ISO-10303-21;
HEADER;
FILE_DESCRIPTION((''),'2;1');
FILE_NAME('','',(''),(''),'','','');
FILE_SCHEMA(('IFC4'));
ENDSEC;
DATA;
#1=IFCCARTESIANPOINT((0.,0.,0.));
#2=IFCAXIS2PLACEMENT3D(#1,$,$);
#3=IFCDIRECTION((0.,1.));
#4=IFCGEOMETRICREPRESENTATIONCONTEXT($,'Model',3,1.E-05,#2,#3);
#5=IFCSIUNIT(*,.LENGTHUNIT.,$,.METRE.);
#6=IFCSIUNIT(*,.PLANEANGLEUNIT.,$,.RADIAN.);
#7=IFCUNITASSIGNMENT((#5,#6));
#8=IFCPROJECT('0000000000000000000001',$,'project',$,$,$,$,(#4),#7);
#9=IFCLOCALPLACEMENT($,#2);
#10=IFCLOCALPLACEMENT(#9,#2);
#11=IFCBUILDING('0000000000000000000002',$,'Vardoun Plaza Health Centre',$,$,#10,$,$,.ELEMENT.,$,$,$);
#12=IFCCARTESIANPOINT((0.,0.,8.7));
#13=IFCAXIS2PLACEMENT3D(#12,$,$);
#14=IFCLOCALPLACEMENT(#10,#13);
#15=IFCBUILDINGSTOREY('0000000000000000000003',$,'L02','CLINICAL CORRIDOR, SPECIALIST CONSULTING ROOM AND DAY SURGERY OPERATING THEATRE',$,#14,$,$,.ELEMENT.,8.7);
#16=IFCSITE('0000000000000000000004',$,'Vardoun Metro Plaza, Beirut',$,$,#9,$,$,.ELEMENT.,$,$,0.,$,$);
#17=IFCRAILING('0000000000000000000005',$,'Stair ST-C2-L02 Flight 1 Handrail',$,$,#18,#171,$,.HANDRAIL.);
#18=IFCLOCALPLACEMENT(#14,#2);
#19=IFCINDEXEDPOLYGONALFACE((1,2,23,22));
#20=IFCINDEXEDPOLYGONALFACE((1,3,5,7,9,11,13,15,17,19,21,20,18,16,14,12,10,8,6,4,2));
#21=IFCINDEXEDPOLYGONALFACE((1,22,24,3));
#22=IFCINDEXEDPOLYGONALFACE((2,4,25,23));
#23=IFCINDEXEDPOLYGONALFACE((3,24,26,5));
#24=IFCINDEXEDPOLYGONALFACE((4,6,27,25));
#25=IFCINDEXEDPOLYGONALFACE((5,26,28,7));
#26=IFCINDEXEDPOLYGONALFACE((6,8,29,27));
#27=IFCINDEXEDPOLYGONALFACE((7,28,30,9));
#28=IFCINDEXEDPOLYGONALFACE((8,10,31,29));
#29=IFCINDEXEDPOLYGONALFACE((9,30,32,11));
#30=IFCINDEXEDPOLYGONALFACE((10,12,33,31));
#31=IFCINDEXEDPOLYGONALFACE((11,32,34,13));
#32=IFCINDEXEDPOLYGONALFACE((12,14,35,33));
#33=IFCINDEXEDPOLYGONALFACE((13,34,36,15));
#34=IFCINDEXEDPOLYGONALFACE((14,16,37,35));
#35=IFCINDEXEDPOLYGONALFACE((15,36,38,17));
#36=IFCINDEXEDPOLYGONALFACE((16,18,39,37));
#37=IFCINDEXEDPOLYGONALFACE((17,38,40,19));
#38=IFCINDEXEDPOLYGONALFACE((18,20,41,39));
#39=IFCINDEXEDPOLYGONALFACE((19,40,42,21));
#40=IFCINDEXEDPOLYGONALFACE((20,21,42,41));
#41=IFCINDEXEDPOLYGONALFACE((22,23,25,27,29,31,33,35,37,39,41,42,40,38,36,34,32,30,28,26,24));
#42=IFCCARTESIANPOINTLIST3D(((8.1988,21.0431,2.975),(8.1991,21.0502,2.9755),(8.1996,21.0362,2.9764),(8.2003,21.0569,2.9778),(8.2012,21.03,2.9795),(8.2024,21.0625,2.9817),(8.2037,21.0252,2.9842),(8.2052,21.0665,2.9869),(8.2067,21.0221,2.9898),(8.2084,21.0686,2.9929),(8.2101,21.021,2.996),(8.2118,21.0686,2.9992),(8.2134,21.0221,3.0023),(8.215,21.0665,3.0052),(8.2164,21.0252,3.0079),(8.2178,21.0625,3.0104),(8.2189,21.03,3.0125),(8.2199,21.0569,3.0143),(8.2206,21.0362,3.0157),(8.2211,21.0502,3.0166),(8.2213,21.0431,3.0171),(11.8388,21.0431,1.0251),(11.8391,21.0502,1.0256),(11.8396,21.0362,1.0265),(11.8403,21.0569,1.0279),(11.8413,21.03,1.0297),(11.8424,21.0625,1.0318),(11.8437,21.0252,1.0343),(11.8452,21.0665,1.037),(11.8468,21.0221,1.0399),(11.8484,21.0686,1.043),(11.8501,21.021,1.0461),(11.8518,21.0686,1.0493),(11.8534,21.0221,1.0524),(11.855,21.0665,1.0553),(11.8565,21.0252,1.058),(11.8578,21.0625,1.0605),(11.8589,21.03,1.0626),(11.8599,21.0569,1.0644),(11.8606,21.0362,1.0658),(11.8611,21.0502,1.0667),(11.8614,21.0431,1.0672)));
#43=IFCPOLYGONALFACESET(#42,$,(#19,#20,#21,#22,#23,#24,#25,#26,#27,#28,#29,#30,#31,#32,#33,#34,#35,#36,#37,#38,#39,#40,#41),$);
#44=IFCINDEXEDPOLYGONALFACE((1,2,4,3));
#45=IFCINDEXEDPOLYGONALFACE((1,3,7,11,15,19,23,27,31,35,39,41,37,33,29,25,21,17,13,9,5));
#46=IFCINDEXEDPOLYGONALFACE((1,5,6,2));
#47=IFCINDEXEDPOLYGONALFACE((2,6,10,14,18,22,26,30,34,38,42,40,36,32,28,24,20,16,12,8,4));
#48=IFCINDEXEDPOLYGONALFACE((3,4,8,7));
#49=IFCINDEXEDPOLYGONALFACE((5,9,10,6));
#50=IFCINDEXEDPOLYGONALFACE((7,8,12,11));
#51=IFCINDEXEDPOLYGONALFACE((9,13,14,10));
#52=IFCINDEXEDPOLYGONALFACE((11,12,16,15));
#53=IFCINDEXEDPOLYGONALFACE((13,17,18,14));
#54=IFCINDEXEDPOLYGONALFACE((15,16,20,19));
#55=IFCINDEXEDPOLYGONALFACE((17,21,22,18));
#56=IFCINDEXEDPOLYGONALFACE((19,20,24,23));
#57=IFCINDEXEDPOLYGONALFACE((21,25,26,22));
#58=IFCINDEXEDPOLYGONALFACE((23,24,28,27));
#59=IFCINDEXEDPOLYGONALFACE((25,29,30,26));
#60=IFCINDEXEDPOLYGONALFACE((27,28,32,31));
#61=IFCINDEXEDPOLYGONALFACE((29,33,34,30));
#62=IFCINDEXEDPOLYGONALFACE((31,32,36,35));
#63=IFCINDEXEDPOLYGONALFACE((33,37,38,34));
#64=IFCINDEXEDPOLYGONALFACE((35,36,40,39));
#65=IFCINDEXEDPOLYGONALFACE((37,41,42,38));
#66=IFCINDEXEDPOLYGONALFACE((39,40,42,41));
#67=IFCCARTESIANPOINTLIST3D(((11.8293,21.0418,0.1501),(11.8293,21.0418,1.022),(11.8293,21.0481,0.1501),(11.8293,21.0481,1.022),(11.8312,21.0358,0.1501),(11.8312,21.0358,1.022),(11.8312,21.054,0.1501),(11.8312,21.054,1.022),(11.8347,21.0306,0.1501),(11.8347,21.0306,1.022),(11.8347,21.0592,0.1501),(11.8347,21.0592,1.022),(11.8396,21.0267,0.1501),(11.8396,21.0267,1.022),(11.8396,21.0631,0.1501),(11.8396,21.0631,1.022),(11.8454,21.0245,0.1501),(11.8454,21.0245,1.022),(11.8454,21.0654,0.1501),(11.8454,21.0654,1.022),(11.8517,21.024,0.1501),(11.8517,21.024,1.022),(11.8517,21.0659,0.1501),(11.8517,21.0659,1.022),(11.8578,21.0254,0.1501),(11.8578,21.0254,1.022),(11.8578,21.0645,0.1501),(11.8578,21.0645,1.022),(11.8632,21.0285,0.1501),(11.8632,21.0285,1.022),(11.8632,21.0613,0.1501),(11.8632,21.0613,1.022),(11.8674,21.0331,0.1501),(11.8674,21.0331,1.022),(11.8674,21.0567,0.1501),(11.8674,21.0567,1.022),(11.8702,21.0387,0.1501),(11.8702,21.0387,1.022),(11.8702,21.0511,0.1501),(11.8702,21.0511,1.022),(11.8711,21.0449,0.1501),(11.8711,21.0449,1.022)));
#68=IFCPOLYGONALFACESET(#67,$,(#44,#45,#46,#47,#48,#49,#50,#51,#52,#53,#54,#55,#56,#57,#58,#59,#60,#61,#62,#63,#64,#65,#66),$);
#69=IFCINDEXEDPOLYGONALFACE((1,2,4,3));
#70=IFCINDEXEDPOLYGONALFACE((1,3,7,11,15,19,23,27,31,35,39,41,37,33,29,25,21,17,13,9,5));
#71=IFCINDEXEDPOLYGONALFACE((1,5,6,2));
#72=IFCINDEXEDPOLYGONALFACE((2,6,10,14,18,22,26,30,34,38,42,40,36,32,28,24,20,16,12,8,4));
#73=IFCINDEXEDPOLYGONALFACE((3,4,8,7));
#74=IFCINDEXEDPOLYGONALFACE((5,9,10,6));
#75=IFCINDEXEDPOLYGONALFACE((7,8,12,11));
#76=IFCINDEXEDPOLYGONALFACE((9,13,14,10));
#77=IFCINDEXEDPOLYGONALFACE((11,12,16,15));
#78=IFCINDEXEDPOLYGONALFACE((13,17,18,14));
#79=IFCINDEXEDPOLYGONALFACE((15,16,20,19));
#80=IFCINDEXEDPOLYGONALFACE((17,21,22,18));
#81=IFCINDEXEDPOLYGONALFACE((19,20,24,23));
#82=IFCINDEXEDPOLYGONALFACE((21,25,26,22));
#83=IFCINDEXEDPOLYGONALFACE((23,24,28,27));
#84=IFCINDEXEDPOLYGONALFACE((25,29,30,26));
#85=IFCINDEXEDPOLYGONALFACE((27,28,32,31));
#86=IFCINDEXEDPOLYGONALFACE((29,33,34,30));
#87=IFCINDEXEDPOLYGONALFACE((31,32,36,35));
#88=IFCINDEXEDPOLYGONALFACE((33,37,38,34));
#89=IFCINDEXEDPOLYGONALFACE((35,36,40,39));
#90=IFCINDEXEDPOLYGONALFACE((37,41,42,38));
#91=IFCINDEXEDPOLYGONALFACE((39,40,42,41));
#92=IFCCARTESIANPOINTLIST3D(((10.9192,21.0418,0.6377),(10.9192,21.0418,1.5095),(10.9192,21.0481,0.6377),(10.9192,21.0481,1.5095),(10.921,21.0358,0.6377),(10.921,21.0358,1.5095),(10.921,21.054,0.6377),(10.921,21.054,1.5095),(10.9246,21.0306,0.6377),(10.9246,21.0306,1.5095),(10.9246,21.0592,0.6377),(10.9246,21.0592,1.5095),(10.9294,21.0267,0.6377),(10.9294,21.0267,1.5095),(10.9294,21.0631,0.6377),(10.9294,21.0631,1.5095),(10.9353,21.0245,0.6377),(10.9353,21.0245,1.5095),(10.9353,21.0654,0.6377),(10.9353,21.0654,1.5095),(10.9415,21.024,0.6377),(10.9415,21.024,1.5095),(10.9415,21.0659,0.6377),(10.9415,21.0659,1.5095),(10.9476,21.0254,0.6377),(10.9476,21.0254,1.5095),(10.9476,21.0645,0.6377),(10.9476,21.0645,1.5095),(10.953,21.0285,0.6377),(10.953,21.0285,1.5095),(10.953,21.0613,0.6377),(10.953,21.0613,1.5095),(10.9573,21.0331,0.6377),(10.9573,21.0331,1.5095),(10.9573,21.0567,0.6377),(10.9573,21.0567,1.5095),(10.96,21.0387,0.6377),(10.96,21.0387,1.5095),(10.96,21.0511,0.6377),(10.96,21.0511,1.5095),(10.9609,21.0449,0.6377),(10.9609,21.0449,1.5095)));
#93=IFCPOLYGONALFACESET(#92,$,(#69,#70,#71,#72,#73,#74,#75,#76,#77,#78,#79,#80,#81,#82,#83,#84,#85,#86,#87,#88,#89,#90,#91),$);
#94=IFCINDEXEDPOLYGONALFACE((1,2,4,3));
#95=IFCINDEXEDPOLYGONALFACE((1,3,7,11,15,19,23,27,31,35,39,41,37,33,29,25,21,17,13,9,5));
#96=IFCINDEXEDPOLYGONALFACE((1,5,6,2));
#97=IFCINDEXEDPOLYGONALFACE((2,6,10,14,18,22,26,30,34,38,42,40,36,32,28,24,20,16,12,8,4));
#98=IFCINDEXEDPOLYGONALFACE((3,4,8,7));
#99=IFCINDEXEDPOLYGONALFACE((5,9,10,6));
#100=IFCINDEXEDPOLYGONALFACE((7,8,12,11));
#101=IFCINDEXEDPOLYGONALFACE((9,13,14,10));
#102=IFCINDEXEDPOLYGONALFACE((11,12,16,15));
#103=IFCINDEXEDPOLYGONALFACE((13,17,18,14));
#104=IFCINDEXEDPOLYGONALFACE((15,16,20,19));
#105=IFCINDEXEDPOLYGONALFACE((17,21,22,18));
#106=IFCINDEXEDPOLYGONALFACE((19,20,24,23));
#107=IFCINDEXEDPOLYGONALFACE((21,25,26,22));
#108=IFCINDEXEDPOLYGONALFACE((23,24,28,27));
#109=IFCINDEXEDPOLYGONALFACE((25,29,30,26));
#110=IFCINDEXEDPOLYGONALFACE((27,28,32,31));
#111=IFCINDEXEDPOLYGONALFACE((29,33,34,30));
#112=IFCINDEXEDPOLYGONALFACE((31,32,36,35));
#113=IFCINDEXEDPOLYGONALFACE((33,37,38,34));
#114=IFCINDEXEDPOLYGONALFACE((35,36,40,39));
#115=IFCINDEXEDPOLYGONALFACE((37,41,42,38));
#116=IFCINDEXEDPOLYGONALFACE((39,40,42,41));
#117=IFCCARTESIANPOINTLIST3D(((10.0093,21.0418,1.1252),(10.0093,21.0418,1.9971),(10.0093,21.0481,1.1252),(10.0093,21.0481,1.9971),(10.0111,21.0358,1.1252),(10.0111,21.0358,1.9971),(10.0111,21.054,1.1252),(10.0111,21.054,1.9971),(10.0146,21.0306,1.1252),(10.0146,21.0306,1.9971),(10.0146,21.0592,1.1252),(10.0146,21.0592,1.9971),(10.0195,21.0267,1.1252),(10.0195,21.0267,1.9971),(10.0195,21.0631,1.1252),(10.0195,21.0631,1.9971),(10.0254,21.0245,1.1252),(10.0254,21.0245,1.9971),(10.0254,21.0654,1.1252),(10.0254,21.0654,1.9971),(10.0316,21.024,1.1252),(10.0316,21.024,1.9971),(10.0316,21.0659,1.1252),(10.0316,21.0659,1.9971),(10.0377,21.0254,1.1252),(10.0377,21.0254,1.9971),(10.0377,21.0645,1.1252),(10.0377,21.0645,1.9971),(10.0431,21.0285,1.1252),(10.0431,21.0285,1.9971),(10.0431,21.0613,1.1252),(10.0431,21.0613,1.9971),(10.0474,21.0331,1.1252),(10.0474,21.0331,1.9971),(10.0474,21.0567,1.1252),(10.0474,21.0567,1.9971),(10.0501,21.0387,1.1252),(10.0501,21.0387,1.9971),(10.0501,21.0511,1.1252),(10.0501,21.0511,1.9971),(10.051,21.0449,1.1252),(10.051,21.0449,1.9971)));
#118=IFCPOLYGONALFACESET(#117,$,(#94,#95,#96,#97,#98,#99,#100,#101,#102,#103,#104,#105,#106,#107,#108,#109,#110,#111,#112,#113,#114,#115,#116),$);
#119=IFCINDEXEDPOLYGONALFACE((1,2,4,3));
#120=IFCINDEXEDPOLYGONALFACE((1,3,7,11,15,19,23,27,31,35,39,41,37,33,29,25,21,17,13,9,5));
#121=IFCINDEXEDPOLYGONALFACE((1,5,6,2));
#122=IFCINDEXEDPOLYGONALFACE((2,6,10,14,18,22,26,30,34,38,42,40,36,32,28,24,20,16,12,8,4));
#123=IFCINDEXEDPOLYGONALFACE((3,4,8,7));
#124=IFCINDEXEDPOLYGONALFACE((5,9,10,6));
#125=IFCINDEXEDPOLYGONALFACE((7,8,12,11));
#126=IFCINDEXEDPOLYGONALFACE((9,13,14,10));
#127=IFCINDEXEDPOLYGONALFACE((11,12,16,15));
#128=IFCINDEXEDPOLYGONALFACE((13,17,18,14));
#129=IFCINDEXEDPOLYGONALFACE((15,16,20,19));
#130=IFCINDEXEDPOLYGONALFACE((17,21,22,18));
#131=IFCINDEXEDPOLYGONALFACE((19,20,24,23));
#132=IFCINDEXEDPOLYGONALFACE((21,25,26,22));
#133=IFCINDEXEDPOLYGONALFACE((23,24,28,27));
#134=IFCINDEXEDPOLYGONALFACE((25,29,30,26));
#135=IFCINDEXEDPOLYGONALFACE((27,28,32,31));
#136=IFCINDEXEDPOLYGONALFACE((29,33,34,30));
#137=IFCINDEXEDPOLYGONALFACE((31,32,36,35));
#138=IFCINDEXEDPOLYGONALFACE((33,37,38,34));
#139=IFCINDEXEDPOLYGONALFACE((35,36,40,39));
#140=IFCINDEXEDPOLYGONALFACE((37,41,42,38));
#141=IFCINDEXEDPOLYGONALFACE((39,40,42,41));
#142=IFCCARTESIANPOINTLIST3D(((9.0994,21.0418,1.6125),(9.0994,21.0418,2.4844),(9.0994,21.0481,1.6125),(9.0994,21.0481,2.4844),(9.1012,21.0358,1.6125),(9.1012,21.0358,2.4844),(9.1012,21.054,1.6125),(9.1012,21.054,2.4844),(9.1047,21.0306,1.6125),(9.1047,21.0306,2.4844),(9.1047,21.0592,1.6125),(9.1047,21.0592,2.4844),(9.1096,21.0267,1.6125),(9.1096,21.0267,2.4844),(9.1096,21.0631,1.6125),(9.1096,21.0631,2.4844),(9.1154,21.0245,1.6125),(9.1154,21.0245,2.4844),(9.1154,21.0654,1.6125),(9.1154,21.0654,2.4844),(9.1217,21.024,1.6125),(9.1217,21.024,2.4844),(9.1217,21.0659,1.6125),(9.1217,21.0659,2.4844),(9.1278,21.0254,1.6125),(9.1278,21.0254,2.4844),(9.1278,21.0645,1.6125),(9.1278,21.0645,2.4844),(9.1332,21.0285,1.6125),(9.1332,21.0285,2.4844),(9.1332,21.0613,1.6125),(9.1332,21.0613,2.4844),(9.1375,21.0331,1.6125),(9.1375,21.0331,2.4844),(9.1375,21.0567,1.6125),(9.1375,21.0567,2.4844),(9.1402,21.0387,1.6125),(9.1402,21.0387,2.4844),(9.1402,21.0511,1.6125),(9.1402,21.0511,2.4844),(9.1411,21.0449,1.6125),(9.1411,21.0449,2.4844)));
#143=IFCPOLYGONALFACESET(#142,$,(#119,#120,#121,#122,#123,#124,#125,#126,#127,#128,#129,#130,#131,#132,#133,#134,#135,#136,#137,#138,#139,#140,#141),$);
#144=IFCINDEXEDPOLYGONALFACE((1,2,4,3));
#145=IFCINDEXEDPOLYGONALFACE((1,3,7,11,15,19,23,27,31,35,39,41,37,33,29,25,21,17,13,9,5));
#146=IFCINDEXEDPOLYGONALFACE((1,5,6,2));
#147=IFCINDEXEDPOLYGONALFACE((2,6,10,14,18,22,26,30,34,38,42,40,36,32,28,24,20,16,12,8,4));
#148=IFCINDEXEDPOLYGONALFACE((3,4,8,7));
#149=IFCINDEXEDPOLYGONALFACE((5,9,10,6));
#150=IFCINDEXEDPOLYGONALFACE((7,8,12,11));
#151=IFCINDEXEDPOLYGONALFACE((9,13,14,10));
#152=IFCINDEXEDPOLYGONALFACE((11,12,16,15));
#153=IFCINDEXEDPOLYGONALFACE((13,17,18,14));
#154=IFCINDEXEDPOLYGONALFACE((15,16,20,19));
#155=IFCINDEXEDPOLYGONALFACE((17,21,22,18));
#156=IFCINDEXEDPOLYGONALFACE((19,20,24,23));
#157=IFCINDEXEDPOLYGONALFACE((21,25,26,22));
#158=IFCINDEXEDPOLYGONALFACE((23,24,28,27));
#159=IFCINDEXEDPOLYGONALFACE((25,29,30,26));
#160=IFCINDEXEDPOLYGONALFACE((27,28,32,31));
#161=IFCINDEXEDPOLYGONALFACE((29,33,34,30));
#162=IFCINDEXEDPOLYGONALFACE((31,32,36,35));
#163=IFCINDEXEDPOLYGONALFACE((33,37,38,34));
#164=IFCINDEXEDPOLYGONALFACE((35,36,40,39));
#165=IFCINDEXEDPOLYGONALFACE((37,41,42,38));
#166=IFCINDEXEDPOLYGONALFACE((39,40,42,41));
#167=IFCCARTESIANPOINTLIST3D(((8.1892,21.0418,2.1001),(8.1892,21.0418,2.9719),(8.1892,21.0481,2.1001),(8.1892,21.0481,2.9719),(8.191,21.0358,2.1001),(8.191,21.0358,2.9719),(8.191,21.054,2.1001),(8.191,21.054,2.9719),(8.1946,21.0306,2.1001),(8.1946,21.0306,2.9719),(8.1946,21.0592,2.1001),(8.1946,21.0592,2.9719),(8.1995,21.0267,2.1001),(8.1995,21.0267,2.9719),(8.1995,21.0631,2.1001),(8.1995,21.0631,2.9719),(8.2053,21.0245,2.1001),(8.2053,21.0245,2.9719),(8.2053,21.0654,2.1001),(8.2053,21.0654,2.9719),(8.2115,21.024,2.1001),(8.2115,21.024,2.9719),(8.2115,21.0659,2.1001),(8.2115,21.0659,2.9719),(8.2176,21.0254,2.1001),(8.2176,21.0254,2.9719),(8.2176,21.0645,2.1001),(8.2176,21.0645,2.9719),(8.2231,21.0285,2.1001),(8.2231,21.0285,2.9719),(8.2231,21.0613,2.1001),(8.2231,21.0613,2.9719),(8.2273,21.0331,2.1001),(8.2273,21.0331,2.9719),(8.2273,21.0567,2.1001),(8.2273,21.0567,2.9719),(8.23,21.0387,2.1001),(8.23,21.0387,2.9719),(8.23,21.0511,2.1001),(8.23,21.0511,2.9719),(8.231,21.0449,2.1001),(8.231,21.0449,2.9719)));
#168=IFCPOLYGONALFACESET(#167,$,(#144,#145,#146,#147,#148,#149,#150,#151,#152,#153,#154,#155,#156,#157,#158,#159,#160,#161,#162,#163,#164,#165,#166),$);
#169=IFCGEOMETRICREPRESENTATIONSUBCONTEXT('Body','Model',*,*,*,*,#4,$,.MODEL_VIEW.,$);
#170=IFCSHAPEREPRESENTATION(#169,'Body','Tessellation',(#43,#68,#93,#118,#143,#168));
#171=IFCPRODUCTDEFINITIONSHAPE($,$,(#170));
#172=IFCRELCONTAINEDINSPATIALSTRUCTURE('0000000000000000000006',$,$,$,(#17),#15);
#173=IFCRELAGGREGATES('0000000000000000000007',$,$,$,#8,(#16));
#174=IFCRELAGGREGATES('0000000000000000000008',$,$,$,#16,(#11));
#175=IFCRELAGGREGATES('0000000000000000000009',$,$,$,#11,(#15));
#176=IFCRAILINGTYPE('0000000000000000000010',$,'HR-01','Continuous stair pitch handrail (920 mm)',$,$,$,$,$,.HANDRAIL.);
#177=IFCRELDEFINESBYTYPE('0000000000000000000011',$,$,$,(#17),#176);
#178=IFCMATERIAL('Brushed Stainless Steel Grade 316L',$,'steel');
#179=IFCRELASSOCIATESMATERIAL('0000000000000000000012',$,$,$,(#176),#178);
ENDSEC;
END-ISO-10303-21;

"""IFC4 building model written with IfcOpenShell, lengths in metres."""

from ifc_helpers import new_model, si_unit, direction, frame, origin, origin_2d, place, context, subcontext, project, spatial, circle, extrude, material, type_object, element, save


model = new_model("IFC4")

# Units and contexts
model_context = context("Model", 3, precision=1e-05, world=origin(), true_north=direction((0.0, 1.0)))
body_context = subcontext(model_context, "Body", "Model", "MODEL_VIEW")
ifc_project = project(units=[si_unit("LENGTHUNIT", "METRE"), si_unit("PLANEANGLEUNIT", "RADIAN")], contexts=[model_context])

# Site, building, storey
site_placement = place(None, origin())
site = spatial("IfcSite", under=ifc_project, at=site_placement, Name="Vardoun Metro Plaza, Beirut", CompositionType="ELEMENT", RefElevation=0.0)
building_placement = place(site_placement, origin())
building = spatial("IfcBuilding", under=site, at=building_placement, Name="Vardoun Plaza Health Centre", CompositionType="ELEMENT")
storey_placement = place(building_placement, frame((0.0, 0.0, 8.7)))
storey = spatial("IfcBuildingStorey", under=building, at=storey_placement, Name="L02", Description="CLINICAL CORRIDOR, SPECIALIST CONSULTING ROOM AND DAY SURGERY OPERATING THEATRE", CompositionType="ELEMENT", Elevation=8.7)

# Railing
ifc_material_1 = material(Name="Brushed Stainless Steel Grade 316L", Category="steel")
railing_type_1 = type_object("IfcRailingType", Name="HR-01", Description="Continuous stair pitch handrail (920 mm)", PredefinedType="HANDRAIL", material=ifc_material_1)
railing_1_placement = place(storey_placement, frame((11.8501, 21.0449, 0.1501)))
element("IfcRailing", 1, at=railing_1_placement, inside=storey, type_object=railing_type_1, Name="Stair ST-C2-L02 Flight 1 Handrail", PredefinedType="HANDRAIL", context=body_context, shape_type="SweptSolid", body=[
    extrude(circle(Radius=0.0239, at=origin_2d()), frame((0.0, 0.0, 0.896), z_axis=(-0.881492, 0.0, 0.472198), x_axis=(0.0, -1.0, 0.0)), (0.0, 0.0, 1.0), 4.1294),
    extrude(circle(Radius=0.021, at=origin_2d()), origin(), (0.0, 0.0, 1.0), 0.8718),
    extrude(circle(Radius=0.021, at=origin_2d()), frame((-0.9102, 0.0, 0.4875)), (0.0, 0.0, 1.0), 0.8718),
    extrude(circle(Radius=0.021, at=origin_2d()), frame((-1.8201, 0.0, 0.9751)), (0.0, 0.0, 1.0), 0.8718),
    extrude(circle(Radius=0.021, at=origin_2d()), frame((-2.73, 0.0, 1.4624)), (0.0, 0.0, 1.0), 0.8718),
    extrude(circle(Radius=0.021, at=origin_2d()), frame((-3.6401, 0.0, 1.95)), (0.0, 0.0, 1.0), 0.8718),
])

save(model, "model.ifc")
